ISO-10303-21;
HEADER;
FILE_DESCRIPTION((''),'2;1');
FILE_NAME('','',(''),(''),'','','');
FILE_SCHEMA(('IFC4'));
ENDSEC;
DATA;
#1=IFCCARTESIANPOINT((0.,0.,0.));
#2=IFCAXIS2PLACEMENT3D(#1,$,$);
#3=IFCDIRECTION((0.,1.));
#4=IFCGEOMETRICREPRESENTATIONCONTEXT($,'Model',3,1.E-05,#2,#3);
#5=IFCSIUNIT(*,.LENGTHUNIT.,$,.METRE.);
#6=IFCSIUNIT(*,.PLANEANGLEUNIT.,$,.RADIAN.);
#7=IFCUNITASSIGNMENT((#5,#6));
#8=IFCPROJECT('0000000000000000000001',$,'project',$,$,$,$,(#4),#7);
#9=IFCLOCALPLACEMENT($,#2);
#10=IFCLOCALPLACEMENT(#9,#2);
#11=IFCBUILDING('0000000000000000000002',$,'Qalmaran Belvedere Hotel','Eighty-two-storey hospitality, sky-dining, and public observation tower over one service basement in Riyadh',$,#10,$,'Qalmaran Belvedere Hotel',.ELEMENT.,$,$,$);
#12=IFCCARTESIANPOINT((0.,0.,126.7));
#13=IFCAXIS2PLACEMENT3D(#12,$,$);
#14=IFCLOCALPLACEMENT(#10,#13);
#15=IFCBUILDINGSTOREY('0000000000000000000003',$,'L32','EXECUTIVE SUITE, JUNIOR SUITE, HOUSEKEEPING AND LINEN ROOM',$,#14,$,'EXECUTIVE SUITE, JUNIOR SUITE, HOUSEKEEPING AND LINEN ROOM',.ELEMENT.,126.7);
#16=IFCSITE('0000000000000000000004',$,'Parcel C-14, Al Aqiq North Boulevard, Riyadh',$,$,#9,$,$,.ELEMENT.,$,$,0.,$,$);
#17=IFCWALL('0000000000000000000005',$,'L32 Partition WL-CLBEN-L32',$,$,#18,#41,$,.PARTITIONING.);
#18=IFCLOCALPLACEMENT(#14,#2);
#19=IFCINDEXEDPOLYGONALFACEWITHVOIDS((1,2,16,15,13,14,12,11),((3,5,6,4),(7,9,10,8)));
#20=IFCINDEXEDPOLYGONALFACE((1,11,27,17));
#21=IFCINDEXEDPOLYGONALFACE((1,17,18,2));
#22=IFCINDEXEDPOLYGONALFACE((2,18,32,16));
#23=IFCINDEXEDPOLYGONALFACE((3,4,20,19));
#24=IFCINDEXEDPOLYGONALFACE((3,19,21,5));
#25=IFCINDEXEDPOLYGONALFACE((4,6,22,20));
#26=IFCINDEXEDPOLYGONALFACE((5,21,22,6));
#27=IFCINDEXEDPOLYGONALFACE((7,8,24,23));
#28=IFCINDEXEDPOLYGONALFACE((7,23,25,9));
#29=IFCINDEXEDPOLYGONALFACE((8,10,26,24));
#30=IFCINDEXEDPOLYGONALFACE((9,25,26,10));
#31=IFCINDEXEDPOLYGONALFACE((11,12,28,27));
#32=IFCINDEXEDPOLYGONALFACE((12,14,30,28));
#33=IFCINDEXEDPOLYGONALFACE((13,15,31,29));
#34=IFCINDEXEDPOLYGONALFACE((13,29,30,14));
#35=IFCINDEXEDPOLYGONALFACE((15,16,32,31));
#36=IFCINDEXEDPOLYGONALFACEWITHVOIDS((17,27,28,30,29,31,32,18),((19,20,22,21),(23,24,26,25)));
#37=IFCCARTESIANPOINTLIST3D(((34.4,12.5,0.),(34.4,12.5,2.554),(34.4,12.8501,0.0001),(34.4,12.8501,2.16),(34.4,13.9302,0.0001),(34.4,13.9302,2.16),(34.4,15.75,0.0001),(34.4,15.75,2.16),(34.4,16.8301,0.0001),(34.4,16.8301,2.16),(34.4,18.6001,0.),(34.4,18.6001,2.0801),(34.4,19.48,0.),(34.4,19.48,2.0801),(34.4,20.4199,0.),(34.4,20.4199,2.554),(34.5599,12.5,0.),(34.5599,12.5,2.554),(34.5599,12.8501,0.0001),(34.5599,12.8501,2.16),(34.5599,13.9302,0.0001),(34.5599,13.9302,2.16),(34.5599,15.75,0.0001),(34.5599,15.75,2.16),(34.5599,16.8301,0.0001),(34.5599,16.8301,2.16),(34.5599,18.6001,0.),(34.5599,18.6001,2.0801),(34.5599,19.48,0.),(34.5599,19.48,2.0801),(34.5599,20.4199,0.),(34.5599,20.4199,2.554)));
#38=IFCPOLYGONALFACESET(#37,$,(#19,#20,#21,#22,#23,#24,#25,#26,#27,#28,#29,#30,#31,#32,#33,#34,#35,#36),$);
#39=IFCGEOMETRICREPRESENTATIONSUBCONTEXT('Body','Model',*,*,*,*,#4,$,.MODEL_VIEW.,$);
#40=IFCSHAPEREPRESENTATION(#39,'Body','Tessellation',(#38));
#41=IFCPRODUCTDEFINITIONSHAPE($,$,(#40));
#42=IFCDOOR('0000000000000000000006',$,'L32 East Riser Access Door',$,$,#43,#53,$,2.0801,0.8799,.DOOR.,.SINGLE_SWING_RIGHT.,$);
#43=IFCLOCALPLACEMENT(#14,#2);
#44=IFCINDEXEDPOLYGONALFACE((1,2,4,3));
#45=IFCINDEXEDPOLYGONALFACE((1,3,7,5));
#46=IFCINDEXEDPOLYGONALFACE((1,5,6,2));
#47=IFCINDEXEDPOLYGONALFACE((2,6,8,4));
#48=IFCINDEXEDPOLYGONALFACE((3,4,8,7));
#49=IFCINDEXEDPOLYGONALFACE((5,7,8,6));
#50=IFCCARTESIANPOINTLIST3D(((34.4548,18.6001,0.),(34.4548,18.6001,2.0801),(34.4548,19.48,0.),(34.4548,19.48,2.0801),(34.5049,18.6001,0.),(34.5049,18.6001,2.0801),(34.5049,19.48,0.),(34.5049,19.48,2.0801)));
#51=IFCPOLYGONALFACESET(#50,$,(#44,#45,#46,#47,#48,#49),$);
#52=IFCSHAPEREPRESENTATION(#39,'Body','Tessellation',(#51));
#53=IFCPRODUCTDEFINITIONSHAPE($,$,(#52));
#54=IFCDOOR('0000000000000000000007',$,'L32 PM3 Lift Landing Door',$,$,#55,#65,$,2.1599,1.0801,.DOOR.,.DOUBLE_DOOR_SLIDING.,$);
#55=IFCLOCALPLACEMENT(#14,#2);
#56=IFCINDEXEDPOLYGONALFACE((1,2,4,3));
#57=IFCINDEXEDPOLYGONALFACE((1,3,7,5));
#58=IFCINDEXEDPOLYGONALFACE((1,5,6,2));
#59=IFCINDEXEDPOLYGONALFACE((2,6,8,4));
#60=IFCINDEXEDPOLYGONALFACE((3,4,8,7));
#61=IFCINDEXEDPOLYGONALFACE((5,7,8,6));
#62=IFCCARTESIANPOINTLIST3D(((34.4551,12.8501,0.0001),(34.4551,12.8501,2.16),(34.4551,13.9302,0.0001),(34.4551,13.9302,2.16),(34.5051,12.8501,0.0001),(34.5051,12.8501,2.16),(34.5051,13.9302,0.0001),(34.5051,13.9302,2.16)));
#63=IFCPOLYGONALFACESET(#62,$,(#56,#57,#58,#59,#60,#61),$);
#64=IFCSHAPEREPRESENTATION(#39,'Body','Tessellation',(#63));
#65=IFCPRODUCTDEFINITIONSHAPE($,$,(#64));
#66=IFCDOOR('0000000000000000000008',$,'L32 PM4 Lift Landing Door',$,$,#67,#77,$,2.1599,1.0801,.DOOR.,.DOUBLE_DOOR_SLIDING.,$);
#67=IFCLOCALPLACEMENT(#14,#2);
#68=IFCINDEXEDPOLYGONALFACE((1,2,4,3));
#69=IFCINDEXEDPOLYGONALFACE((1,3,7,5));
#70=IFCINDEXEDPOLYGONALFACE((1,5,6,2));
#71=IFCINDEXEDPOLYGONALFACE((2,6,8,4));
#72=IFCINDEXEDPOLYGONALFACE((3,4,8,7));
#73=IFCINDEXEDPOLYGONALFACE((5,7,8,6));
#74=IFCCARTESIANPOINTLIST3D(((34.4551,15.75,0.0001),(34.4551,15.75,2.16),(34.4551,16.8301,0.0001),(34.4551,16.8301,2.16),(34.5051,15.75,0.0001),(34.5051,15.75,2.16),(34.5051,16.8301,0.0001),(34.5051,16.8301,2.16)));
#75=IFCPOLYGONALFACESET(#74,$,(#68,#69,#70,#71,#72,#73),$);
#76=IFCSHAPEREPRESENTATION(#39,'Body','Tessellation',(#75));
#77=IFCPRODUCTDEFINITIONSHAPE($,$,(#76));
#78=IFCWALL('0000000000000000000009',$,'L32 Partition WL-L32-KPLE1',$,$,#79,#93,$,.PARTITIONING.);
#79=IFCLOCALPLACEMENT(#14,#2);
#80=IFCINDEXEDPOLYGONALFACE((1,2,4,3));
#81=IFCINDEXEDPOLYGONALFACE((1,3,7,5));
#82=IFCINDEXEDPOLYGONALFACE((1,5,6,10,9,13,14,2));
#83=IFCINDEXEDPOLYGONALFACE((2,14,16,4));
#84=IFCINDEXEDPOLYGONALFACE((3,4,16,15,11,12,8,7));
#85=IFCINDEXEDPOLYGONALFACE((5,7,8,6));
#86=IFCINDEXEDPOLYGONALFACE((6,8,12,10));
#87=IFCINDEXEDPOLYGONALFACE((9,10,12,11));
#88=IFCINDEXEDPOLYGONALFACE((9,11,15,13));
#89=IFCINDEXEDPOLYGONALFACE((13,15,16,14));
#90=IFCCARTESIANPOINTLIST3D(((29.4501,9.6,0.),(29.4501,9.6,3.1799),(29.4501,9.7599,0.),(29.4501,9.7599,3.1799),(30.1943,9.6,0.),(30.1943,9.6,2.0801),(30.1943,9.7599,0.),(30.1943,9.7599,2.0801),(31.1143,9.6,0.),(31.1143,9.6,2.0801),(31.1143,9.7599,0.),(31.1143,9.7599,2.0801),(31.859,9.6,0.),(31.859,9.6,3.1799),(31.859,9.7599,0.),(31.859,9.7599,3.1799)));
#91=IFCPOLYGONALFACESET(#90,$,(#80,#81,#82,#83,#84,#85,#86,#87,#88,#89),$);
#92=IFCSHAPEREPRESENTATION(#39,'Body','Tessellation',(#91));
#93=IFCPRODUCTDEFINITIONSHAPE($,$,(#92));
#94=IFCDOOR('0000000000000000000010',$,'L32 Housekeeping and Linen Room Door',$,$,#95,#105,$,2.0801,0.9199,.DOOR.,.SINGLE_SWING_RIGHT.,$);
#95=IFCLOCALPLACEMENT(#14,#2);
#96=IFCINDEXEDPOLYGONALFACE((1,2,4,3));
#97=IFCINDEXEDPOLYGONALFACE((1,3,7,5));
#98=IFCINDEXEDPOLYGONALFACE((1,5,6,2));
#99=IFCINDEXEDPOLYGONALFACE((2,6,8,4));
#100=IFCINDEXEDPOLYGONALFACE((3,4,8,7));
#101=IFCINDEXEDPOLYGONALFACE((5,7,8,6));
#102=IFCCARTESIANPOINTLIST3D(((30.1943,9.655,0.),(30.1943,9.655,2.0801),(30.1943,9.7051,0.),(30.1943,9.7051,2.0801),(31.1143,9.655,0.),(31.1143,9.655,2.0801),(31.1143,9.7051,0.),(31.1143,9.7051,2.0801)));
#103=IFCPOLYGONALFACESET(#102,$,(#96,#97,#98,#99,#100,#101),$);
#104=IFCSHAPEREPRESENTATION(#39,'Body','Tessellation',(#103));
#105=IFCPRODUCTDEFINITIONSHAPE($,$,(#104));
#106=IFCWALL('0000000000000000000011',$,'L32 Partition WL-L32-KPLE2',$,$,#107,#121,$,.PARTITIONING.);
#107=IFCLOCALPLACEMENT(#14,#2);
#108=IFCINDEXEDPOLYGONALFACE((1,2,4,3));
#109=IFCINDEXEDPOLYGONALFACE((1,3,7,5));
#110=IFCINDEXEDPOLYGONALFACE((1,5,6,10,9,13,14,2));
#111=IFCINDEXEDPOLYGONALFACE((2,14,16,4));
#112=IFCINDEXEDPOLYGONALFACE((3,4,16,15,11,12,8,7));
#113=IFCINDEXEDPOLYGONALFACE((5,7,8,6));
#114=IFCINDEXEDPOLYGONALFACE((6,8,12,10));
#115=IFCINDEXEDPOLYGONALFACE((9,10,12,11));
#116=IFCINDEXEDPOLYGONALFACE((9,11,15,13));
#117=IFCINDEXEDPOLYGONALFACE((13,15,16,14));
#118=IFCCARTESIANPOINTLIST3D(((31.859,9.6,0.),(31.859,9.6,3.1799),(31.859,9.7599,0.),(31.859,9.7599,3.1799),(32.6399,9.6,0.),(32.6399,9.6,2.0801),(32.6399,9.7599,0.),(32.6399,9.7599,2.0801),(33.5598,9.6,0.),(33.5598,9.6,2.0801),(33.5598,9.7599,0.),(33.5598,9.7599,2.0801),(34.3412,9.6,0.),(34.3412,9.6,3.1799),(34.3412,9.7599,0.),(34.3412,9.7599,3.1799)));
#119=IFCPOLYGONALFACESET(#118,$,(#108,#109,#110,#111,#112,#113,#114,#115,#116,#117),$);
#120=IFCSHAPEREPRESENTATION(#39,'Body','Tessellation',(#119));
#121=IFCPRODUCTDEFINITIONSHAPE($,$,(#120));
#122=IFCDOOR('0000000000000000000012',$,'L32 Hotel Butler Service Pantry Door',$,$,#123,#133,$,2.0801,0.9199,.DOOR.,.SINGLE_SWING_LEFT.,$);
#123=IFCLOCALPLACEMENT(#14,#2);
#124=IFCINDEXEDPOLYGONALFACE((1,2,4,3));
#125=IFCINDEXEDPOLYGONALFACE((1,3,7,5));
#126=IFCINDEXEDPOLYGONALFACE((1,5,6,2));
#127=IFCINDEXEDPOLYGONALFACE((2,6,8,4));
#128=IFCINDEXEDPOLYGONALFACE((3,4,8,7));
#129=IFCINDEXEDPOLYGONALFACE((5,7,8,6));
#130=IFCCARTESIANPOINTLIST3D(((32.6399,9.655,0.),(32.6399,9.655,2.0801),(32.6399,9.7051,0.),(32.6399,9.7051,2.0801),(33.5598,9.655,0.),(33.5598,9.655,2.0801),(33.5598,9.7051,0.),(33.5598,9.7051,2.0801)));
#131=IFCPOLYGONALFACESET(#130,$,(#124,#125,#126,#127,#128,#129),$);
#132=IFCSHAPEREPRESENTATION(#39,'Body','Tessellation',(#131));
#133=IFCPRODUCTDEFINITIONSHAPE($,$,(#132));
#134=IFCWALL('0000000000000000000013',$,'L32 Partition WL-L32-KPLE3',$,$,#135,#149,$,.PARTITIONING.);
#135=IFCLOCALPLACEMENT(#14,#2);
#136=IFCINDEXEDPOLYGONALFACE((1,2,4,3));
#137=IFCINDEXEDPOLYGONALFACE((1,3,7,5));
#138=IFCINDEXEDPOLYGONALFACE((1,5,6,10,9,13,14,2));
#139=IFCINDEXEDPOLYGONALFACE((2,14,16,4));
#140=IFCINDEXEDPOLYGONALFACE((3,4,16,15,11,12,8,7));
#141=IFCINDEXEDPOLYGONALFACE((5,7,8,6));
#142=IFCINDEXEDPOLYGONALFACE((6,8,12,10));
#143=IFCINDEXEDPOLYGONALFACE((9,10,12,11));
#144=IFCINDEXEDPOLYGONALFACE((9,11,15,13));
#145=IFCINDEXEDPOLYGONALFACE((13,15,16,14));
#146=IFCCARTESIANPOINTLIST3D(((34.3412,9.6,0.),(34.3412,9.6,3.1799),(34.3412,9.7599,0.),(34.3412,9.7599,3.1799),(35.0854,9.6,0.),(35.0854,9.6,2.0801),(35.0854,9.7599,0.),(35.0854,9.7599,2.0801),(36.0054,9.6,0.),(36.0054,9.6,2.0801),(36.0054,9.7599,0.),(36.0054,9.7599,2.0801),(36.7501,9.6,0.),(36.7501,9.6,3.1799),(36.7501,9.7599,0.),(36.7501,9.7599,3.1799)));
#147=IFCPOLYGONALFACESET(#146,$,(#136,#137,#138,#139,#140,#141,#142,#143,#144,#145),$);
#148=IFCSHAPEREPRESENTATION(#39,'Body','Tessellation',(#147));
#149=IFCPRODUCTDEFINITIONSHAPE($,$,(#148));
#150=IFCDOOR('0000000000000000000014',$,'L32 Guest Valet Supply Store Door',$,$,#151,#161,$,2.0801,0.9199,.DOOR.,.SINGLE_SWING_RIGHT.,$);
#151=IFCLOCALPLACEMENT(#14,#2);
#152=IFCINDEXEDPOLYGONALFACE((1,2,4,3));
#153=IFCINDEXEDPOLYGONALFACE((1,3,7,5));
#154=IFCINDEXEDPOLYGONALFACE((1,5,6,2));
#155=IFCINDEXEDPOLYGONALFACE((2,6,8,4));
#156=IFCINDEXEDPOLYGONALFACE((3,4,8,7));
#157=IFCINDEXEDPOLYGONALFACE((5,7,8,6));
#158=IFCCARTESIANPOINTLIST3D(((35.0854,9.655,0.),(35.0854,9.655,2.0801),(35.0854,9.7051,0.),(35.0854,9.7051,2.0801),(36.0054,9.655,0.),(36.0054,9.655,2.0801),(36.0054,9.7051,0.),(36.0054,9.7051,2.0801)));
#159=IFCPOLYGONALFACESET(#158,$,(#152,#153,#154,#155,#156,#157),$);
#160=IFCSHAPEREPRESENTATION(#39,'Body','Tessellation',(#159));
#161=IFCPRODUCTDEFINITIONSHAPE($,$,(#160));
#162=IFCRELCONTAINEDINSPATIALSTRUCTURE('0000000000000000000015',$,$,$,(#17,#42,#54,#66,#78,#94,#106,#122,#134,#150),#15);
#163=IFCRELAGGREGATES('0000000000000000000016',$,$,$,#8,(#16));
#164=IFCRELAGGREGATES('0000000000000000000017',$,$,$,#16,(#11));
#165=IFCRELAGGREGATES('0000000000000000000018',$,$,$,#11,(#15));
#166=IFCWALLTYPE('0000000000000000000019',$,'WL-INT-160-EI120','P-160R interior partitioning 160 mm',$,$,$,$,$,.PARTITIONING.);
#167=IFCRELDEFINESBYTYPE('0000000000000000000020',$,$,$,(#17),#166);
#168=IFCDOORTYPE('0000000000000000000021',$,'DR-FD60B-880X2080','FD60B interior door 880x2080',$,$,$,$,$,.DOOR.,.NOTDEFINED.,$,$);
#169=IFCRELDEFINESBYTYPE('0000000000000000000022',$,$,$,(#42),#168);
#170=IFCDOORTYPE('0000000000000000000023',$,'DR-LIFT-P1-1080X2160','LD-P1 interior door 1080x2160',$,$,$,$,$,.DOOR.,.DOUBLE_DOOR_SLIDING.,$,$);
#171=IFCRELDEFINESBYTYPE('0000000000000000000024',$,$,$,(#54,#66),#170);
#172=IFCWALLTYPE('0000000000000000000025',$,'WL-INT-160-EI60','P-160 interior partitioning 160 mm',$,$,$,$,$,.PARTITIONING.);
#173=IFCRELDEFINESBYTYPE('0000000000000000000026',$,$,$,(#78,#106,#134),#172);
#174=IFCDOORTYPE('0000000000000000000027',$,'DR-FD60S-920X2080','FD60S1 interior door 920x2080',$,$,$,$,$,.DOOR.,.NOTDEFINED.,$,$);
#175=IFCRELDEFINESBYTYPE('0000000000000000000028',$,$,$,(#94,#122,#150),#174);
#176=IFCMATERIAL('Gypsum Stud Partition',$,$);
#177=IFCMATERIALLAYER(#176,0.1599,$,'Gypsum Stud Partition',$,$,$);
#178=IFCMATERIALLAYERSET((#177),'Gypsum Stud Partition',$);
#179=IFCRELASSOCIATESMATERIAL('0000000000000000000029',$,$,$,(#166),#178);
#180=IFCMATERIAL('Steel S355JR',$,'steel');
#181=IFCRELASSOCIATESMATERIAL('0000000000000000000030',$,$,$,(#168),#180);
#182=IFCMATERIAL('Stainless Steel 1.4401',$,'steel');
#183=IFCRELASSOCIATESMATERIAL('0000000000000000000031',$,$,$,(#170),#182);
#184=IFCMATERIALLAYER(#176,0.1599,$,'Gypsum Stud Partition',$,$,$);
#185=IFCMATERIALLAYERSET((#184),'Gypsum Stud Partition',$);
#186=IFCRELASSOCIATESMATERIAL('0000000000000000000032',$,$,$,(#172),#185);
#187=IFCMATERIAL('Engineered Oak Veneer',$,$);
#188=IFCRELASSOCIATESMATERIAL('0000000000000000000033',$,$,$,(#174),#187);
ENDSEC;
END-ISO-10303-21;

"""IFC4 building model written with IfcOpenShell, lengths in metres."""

from ifc_helpers import new_model, si_unit, direction, frame, frame_2d, origin, place, context, subcontext, project, spatial, rectangle, extrude, material, layer, layer_set, type_object, element, fill, save


model = new_model("IFC4")

# Units and contexts
model_context = context("Model", 3, precision=1e-05, world=origin(), true_north=direction((0.0, 1.0)))
body_context = subcontext(model_context, "Body", "Model", "MODEL_VIEW")
ifc_project = project(units=[si_unit("LENGTHUNIT", "METRE"), si_unit("PLANEANGLEUNIT", "RADIAN")], contexts=[model_context])

# Site, building, storey
site_placement = place(None, origin())
site = spatial("IfcSite", under=ifc_project, at=site_placement, Name="Parcel C-14, Al Aqiq North Boulevard, Riyadh", CompositionType="ELEMENT", RefElevation=0.0)
building_placement = place(site_placement, origin())
building = spatial("IfcBuilding", under=site, at=building_placement, Name="Qalmaran Belvedere Hotel", Description="Eighty-two-storey hospitality, sky-dining, and public observation tower over one service basement in Riyadh", LongName="Qalmaran Belvedere Hotel", CompositionType="ELEMENT")
storey_placement = place(building_placement, frame((0.0, 0.0, 126.7)))
storey = spatial("IfcBuildingStorey", under=building, at=storey_placement, Name="L32", Description="EXECUTIVE SUITE, JUNIOR SUITE, HOUSEKEEPING AND LINEN ROOM", LongName="EXECUTIVE SUITE, JUNIOR SUITE, HOUSEKEEPING AND LINEN ROOM", CompositionType="ELEMENT", Elevation=126.7)

# Shared definitions
ifc_material_1 = material(Name="Steel S355JR", Category="steel")

# Shared definitions
ifc_material_2 = material(Name="Gypsum Stud Partition")

# Wall, openings, doors
ifc_layer_1 = layer(ifc_material_2, 0.1599, Name="Gypsum Stud Partition")
ifc_layer_set_1 = layer_set([ifc_layer_1], Name="Gypsum Stud Partition")
wall_type_1 = type_object("IfcWallType", Name="WL-INT-160-EI120", Description="P-160R interior partitioning 160 mm", PredefinedType="PARTITIONING", material=ifc_layer_set_1)
door_type_1 = type_object("IfcDoorType", Name="DR-FD60B-880X2080", Description="FD60B interior door 880x2080", OperationType="NOTDEFINED", PredefinedType="DOOR", material=ifc_material_1)
ifc_material_3 = material(Name="Stainless Steel 1.4401", Category="steel")
door_type_2 = type_object("IfcDoorType", Name="DR-LIFT-P1-1080X2160", Description="LD-P1 interior door 1080x2160", OperationType="DOUBLE_DOOR_SLIDING", PredefinedType="DOOR", material=ifc_material_3)
wall_1_placement = place(storey_placement, frame((34.48, 12.5, 0.0), z_axis=(0.0, 0.0, 1.0), x_axis=(0.0, 1.0, 0.0)))
wall_1 = element("IfcWall", 1, at=wall_1_placement, inside=storey, type_object=wall_type_1, Name="L32 Partition WL-CLBEN-L32", PredefinedType="PARTITIONING", context=body_context, shape_type="SweptSolid", body=[
    extrude(rectangle(XDim=7.9199, YDim=0.1599, at=frame_2d((3.96, 0.0))), origin(), (0.0, 0.0, 1.0), 2.554),
])
opening_1_placement = place(wall_1_placement, frame((0.3501, 0.0, 0.0)))
opening_1 = element("IfcOpeningElement", 2, at=opening_1_placement, cuts=wall_1, PredefinedType="OPENING", context=body_context, shape_type="SweptSolid", body=[
    extrude(rectangle(XDim=1.0801, YDim=2.1599, at=frame_2d((0.54, 1.0801))), frame((0.0, 0.0898, 0.0), z_axis=(0.0, -1.0, 0.0), x_axis=(1.0, 0.0, 0.0)), (0.0, 0.0, 1.0), 0.1799),
])
opening_2_placement = place(wall_1_placement, frame((3.25, 0.0, 0.0)))
opening_2 = element("IfcOpeningElement", 3, at=opening_2_placement, cuts=wall_1, PredefinedType="OPENING", context=body_context, shape_type="SweptSolid", body=[
    extrude(rectangle(XDim=1.0801, YDim=2.1599, at=frame_2d((0.54, 1.0801))), frame((0.0, 0.0898, 0.0), z_axis=(0.0, -1.0, 0.0), x_axis=(1.0, 0.0, 0.0)), (0.0, 0.0, 1.0), 0.1799),
])
opening_3_placement = place(wall_1_placement, frame((6.98, 0.0, 0.0), z_axis=(0.0, 0.0, 1.0), x_axis=(-1.0, 0.0, 0.0)))
opening_3 = element("IfcOpeningElement", 4, at=opening_3_placement, cuts=wall_1, PredefinedType="OPENING", context=body_context, shape_type="SweptSolid", body=[
    extrude(rectangle(XDim=0.8799, YDim=2.0801, at=frame_2d((0.4399, 1.04))), frame((0.0, 0.0898, 0.0), z_axis=(0.0, -1.0, 0.0), x_axis=(1.0, 0.0, 0.0)), (0.0, 0.0, 1.0), 0.1799),
])
door_1_placement = place(opening_3_placement, origin())
door_1 = element("IfcDoor", 5, at=door_1_placement, inside=storey, type_object=door_type_1, Name="L32 East Riser Access Door", OperationType="SINGLE_SWING_RIGHT", OverallHeight=2.0801, OverallWidth=0.8799, PredefinedType="DOOR", context=body_context, shape_type="SweptSolid", body=[
    extrude(rectangle(XDim=0.8799, YDim=2.0801, at=frame_2d((0.4399, 1.04))), frame((0.0, 0.0249, 0.0), z_axis=(0.0, -1.0, 0.0), x_axis=(1.0, 0.0, 0.0)), (0.0, 0.0, 1.0), 0.05),
])
fill(opening_3, door_1)
door_2_placement = place(opening_1_placement, origin())
door_2 = element("IfcDoor", 6, at=door_2_placement, inside=storey, type_object=door_type_2, Name="L32 PM3 Lift Landing Door", OperationType="DOUBLE_DOOR_SLIDING", OverallHeight=2.1599, OverallWidth=1.0801, PredefinedType="DOOR", context=body_context, shape_type="SweptSolid", body=[
    extrude(rectangle(XDim=1.0801, YDim=2.1599, at=frame_2d((0.54, 1.0801))), frame((0.0, 0.0249, 0.0), z_axis=(0.0, -1.0, 0.0), x_axis=(1.0, 0.0, 0.0)), (0.0, 0.0, 1.0), 0.05),
])
fill(opening_1, door_2)
door_3_placement = place(opening_2_placement, origin())
door_3 = element("IfcDoor", 7, at=door_3_placement, inside=storey, type_object=door_type_2, Name="L32 PM4 Lift Landing Door", OperationType="DOUBLE_DOOR_SLIDING", OverallHeight=2.1599, OverallWidth=1.0801, PredefinedType="DOOR", context=body_context, shape_type="SweptSolid", body=[
    extrude(rectangle(XDim=1.0801, YDim=2.1599, at=frame_2d((0.54, 1.0801))), frame((0.0, 0.0249, 0.0), z_axis=(0.0, -1.0, 0.0), x_axis=(1.0, 0.0, 0.0)), (0.0, 0.0, 1.0), 0.05),
])
fill(opening_2, door_3)

# Walls, openings, doors
ifc_layer_2 = layer(ifc_material_2, 0.1599, Name="Gypsum Stud Partition")
ifc_layer_set_2 = layer_set([ifc_layer_2], Name="Gypsum Stud Partition")
wall_type_2 = type_object("IfcWallType", Name="WL-INT-160-EI60", Description="P-160 interior partitioning 160 mm", PredefinedType="PARTITIONING", material=ifc_layer_set_2)
wall_2_placement = place(storey_placement, frame((29.45, 9.6799, 0.0), z_axis=(0.0, 0.0, 1.0), x_axis=(1.0, 0.0, 0.0)))
wall_2 = element("IfcWall", 8, at=wall_2_placement, inside=storey, type_object=wall_type_2, Name="L32 Partition WL-L32-KPLE1", PredefinedType="PARTITIONING", context=body_context, shape_type="SweptSolid", body=[
    extrude(rectangle(XDim=2.4089, YDim=0.1599, at=frame_2d((1.2046, 0.0))), origin(), (0.0, 0.0, 1.0), 3.1799),
])
opening_4_placement = place(wall_2_placement, frame((1.6643, 0.0, 0.0), z_axis=(0.0, 0.0, 1.0), x_axis=(-1.0, 0.0, 0.0)))
opening_4 = element("IfcOpeningElement", 9, at=opening_4_placement, cuts=wall_2, PredefinedType="OPENING", context=body_context, shape_type="SweptSolid", body=[
    extrude(rectangle(XDim=0.9199, YDim=2.0801, at=frame_2d((0.46, 1.04))), frame((0.0, 0.0898, 0.0), z_axis=(0.0, -1.0, 0.0), x_axis=(1.0, 0.0, 0.0)), (0.0, 0.0, 1.0), 0.1799),
])
ifc_material_4 = material(Name="Engineered Oak Veneer")
door_type_3 = type_object("IfcDoorType", Name="DR-FD60S-920X2080", Description="FD60S1 interior door 920x2080", OperationType="NOTDEFINED", PredefinedType="DOOR", material=ifc_material_4)
door_4_placement = place(opening_4_placement, origin())
door_4 = element("IfcDoor", 10, at=door_4_placement, inside=storey, type_object=door_type_3, Name="L32 Housekeeping and Linen Room Door", OperationType="SINGLE_SWING_RIGHT", OverallHeight=2.0801, OverallWidth=0.9199, PredefinedType="DOOR", context=body_context, shape_type="SweptSolid", body=[
    extrude(rectangle(XDim=0.9199, YDim=2.0801, at=frame_2d((0.46, 1.04))), frame((0.0, 0.0249, 0.0), z_axis=(0.0, -1.0, 0.0), x_axis=(1.0, 0.0, 0.0)), (0.0, 0.0, 1.0), 0.05),
])
fill(opening_4, door_4)
wall_3_placement = place(storey_placement, frame((31.8589, 9.6799, 0.0), z_axis=(0.0, 0.0, 1.0), x_axis=(1.0, 0.0, 0.0)))
wall_3 = element("IfcWall", 11, at=wall_3_placement, inside=storey, type_object=wall_type_2, Name="L32 Partition WL-L32-KPLE2", PredefinedType="PARTITIONING", context=body_context, shape_type="SweptSolid", body=[
    extrude(rectangle(XDim=2.4822, YDim=0.1599, at=frame_2d((1.2412, 0.0))), origin(), (0.0, 0.0, 1.0), 3.1799),
])
opening_5_placement = place(wall_3_placement, frame((1.7009, 0.0, 0.0), z_axis=(0.0, 0.0, 1.0), x_axis=(-1.0, 0.0, 0.0)))
opening_5 = element("IfcOpeningElement", 12, at=opening_5_placement, cuts=wall_3, PredefinedType="OPENING", context=body_context, shape_type="SweptSolid", body=[
    extrude(rectangle(XDim=0.9199, YDim=2.0801, at=frame_2d((0.46, 1.04))), frame((0.0, 0.0898, 0.0), z_axis=(0.0, -1.0, 0.0), x_axis=(1.0, 0.0, 0.0)), (0.0, 0.0, 1.0), 0.1799),
])
door_5_placement = place(opening_5_placement, origin())
door_5 = element("IfcDoor", 13, at=door_5_placement, inside=storey, type_object=door_type_3, Name="L32 Hotel Butler Service Pantry Door", OperationType="SINGLE_SWING_LEFT", OverallHeight=2.0801, OverallWidth=0.9199, PredefinedType="DOOR", context=body_context, shape_type="SweptSolid", body=[
    extrude(rectangle(XDim=0.9199, YDim=2.0801, at=frame_2d((0.46, 1.04))), frame((0.0, 0.0249, 0.0), z_axis=(0.0, -1.0, 0.0), x_axis=(1.0, 0.0, 0.0)), (0.0, 0.0, 1.0), 0.05),
])
fill(opening_5, door_5)
wall_4_placement = place(storey_placement, frame((34.3411, 9.6799, 0.0), z_axis=(0.0, 0.0, 1.0), x_axis=(1.0, 0.0, 0.0)))
wall_4 = element("IfcWall", 14, at=wall_4_placement, inside=storey, type_object=wall_type_2, Name="L32 Partition WL-L32-KPLE3", PredefinedType="PARTITIONING", context=body_context, shape_type="SweptSolid", body=[
    extrude(rectangle(XDim=2.4089, YDim=0.1599, at=frame_2d((1.2046, 0.0))), origin(), (0.0, 0.0, 1.0), 3.1799),
])
opening_6_placement = place(wall_4_placement, frame((1.6643, 0.0, 0.0), z_axis=(0.0, 0.0, 1.0), x_axis=(-1.0, 0.0, 0.0)))
opening_6 = element("IfcOpeningElement", 15, at=opening_6_placement, cuts=wall_4, PredefinedType="OPENING", context=body_context, shape_type="SweptSolid", body=[
    extrude(rectangle(XDim=0.9199, YDim=2.0801, at=frame_2d((0.46, 1.04))), frame((0.0, 0.0898, 0.0), z_axis=(0.0, -1.0, 0.0), x_axis=(1.0, 0.0, 0.0)), (0.0, 0.0, 1.0), 0.1799),
])
door_6_placement = place(opening_6_placement, origin())
door_6 = element("IfcDoor", 16, at=door_6_placement, inside=storey, type_object=door_type_3, Name="L32 Guest Valet Supply Store Door", OperationType="SINGLE_SWING_RIGHT", OverallHeight=2.0801, OverallWidth=0.9199, PredefinedType="DOOR", context=body_context, shape_type="SweptSolid", body=[
    extrude(rectangle(XDim=0.9199, YDim=2.0801, at=frame_2d((0.46, 1.04))), frame((0.0, 0.0249, 0.0), z_axis=(0.0, -1.0, 0.0), x_axis=(1.0, 0.0, 0.0)), (0.0, 0.0, 1.0), 0.05),
])
fill(opening_6, door_6)

save(model, "model.ifc")
